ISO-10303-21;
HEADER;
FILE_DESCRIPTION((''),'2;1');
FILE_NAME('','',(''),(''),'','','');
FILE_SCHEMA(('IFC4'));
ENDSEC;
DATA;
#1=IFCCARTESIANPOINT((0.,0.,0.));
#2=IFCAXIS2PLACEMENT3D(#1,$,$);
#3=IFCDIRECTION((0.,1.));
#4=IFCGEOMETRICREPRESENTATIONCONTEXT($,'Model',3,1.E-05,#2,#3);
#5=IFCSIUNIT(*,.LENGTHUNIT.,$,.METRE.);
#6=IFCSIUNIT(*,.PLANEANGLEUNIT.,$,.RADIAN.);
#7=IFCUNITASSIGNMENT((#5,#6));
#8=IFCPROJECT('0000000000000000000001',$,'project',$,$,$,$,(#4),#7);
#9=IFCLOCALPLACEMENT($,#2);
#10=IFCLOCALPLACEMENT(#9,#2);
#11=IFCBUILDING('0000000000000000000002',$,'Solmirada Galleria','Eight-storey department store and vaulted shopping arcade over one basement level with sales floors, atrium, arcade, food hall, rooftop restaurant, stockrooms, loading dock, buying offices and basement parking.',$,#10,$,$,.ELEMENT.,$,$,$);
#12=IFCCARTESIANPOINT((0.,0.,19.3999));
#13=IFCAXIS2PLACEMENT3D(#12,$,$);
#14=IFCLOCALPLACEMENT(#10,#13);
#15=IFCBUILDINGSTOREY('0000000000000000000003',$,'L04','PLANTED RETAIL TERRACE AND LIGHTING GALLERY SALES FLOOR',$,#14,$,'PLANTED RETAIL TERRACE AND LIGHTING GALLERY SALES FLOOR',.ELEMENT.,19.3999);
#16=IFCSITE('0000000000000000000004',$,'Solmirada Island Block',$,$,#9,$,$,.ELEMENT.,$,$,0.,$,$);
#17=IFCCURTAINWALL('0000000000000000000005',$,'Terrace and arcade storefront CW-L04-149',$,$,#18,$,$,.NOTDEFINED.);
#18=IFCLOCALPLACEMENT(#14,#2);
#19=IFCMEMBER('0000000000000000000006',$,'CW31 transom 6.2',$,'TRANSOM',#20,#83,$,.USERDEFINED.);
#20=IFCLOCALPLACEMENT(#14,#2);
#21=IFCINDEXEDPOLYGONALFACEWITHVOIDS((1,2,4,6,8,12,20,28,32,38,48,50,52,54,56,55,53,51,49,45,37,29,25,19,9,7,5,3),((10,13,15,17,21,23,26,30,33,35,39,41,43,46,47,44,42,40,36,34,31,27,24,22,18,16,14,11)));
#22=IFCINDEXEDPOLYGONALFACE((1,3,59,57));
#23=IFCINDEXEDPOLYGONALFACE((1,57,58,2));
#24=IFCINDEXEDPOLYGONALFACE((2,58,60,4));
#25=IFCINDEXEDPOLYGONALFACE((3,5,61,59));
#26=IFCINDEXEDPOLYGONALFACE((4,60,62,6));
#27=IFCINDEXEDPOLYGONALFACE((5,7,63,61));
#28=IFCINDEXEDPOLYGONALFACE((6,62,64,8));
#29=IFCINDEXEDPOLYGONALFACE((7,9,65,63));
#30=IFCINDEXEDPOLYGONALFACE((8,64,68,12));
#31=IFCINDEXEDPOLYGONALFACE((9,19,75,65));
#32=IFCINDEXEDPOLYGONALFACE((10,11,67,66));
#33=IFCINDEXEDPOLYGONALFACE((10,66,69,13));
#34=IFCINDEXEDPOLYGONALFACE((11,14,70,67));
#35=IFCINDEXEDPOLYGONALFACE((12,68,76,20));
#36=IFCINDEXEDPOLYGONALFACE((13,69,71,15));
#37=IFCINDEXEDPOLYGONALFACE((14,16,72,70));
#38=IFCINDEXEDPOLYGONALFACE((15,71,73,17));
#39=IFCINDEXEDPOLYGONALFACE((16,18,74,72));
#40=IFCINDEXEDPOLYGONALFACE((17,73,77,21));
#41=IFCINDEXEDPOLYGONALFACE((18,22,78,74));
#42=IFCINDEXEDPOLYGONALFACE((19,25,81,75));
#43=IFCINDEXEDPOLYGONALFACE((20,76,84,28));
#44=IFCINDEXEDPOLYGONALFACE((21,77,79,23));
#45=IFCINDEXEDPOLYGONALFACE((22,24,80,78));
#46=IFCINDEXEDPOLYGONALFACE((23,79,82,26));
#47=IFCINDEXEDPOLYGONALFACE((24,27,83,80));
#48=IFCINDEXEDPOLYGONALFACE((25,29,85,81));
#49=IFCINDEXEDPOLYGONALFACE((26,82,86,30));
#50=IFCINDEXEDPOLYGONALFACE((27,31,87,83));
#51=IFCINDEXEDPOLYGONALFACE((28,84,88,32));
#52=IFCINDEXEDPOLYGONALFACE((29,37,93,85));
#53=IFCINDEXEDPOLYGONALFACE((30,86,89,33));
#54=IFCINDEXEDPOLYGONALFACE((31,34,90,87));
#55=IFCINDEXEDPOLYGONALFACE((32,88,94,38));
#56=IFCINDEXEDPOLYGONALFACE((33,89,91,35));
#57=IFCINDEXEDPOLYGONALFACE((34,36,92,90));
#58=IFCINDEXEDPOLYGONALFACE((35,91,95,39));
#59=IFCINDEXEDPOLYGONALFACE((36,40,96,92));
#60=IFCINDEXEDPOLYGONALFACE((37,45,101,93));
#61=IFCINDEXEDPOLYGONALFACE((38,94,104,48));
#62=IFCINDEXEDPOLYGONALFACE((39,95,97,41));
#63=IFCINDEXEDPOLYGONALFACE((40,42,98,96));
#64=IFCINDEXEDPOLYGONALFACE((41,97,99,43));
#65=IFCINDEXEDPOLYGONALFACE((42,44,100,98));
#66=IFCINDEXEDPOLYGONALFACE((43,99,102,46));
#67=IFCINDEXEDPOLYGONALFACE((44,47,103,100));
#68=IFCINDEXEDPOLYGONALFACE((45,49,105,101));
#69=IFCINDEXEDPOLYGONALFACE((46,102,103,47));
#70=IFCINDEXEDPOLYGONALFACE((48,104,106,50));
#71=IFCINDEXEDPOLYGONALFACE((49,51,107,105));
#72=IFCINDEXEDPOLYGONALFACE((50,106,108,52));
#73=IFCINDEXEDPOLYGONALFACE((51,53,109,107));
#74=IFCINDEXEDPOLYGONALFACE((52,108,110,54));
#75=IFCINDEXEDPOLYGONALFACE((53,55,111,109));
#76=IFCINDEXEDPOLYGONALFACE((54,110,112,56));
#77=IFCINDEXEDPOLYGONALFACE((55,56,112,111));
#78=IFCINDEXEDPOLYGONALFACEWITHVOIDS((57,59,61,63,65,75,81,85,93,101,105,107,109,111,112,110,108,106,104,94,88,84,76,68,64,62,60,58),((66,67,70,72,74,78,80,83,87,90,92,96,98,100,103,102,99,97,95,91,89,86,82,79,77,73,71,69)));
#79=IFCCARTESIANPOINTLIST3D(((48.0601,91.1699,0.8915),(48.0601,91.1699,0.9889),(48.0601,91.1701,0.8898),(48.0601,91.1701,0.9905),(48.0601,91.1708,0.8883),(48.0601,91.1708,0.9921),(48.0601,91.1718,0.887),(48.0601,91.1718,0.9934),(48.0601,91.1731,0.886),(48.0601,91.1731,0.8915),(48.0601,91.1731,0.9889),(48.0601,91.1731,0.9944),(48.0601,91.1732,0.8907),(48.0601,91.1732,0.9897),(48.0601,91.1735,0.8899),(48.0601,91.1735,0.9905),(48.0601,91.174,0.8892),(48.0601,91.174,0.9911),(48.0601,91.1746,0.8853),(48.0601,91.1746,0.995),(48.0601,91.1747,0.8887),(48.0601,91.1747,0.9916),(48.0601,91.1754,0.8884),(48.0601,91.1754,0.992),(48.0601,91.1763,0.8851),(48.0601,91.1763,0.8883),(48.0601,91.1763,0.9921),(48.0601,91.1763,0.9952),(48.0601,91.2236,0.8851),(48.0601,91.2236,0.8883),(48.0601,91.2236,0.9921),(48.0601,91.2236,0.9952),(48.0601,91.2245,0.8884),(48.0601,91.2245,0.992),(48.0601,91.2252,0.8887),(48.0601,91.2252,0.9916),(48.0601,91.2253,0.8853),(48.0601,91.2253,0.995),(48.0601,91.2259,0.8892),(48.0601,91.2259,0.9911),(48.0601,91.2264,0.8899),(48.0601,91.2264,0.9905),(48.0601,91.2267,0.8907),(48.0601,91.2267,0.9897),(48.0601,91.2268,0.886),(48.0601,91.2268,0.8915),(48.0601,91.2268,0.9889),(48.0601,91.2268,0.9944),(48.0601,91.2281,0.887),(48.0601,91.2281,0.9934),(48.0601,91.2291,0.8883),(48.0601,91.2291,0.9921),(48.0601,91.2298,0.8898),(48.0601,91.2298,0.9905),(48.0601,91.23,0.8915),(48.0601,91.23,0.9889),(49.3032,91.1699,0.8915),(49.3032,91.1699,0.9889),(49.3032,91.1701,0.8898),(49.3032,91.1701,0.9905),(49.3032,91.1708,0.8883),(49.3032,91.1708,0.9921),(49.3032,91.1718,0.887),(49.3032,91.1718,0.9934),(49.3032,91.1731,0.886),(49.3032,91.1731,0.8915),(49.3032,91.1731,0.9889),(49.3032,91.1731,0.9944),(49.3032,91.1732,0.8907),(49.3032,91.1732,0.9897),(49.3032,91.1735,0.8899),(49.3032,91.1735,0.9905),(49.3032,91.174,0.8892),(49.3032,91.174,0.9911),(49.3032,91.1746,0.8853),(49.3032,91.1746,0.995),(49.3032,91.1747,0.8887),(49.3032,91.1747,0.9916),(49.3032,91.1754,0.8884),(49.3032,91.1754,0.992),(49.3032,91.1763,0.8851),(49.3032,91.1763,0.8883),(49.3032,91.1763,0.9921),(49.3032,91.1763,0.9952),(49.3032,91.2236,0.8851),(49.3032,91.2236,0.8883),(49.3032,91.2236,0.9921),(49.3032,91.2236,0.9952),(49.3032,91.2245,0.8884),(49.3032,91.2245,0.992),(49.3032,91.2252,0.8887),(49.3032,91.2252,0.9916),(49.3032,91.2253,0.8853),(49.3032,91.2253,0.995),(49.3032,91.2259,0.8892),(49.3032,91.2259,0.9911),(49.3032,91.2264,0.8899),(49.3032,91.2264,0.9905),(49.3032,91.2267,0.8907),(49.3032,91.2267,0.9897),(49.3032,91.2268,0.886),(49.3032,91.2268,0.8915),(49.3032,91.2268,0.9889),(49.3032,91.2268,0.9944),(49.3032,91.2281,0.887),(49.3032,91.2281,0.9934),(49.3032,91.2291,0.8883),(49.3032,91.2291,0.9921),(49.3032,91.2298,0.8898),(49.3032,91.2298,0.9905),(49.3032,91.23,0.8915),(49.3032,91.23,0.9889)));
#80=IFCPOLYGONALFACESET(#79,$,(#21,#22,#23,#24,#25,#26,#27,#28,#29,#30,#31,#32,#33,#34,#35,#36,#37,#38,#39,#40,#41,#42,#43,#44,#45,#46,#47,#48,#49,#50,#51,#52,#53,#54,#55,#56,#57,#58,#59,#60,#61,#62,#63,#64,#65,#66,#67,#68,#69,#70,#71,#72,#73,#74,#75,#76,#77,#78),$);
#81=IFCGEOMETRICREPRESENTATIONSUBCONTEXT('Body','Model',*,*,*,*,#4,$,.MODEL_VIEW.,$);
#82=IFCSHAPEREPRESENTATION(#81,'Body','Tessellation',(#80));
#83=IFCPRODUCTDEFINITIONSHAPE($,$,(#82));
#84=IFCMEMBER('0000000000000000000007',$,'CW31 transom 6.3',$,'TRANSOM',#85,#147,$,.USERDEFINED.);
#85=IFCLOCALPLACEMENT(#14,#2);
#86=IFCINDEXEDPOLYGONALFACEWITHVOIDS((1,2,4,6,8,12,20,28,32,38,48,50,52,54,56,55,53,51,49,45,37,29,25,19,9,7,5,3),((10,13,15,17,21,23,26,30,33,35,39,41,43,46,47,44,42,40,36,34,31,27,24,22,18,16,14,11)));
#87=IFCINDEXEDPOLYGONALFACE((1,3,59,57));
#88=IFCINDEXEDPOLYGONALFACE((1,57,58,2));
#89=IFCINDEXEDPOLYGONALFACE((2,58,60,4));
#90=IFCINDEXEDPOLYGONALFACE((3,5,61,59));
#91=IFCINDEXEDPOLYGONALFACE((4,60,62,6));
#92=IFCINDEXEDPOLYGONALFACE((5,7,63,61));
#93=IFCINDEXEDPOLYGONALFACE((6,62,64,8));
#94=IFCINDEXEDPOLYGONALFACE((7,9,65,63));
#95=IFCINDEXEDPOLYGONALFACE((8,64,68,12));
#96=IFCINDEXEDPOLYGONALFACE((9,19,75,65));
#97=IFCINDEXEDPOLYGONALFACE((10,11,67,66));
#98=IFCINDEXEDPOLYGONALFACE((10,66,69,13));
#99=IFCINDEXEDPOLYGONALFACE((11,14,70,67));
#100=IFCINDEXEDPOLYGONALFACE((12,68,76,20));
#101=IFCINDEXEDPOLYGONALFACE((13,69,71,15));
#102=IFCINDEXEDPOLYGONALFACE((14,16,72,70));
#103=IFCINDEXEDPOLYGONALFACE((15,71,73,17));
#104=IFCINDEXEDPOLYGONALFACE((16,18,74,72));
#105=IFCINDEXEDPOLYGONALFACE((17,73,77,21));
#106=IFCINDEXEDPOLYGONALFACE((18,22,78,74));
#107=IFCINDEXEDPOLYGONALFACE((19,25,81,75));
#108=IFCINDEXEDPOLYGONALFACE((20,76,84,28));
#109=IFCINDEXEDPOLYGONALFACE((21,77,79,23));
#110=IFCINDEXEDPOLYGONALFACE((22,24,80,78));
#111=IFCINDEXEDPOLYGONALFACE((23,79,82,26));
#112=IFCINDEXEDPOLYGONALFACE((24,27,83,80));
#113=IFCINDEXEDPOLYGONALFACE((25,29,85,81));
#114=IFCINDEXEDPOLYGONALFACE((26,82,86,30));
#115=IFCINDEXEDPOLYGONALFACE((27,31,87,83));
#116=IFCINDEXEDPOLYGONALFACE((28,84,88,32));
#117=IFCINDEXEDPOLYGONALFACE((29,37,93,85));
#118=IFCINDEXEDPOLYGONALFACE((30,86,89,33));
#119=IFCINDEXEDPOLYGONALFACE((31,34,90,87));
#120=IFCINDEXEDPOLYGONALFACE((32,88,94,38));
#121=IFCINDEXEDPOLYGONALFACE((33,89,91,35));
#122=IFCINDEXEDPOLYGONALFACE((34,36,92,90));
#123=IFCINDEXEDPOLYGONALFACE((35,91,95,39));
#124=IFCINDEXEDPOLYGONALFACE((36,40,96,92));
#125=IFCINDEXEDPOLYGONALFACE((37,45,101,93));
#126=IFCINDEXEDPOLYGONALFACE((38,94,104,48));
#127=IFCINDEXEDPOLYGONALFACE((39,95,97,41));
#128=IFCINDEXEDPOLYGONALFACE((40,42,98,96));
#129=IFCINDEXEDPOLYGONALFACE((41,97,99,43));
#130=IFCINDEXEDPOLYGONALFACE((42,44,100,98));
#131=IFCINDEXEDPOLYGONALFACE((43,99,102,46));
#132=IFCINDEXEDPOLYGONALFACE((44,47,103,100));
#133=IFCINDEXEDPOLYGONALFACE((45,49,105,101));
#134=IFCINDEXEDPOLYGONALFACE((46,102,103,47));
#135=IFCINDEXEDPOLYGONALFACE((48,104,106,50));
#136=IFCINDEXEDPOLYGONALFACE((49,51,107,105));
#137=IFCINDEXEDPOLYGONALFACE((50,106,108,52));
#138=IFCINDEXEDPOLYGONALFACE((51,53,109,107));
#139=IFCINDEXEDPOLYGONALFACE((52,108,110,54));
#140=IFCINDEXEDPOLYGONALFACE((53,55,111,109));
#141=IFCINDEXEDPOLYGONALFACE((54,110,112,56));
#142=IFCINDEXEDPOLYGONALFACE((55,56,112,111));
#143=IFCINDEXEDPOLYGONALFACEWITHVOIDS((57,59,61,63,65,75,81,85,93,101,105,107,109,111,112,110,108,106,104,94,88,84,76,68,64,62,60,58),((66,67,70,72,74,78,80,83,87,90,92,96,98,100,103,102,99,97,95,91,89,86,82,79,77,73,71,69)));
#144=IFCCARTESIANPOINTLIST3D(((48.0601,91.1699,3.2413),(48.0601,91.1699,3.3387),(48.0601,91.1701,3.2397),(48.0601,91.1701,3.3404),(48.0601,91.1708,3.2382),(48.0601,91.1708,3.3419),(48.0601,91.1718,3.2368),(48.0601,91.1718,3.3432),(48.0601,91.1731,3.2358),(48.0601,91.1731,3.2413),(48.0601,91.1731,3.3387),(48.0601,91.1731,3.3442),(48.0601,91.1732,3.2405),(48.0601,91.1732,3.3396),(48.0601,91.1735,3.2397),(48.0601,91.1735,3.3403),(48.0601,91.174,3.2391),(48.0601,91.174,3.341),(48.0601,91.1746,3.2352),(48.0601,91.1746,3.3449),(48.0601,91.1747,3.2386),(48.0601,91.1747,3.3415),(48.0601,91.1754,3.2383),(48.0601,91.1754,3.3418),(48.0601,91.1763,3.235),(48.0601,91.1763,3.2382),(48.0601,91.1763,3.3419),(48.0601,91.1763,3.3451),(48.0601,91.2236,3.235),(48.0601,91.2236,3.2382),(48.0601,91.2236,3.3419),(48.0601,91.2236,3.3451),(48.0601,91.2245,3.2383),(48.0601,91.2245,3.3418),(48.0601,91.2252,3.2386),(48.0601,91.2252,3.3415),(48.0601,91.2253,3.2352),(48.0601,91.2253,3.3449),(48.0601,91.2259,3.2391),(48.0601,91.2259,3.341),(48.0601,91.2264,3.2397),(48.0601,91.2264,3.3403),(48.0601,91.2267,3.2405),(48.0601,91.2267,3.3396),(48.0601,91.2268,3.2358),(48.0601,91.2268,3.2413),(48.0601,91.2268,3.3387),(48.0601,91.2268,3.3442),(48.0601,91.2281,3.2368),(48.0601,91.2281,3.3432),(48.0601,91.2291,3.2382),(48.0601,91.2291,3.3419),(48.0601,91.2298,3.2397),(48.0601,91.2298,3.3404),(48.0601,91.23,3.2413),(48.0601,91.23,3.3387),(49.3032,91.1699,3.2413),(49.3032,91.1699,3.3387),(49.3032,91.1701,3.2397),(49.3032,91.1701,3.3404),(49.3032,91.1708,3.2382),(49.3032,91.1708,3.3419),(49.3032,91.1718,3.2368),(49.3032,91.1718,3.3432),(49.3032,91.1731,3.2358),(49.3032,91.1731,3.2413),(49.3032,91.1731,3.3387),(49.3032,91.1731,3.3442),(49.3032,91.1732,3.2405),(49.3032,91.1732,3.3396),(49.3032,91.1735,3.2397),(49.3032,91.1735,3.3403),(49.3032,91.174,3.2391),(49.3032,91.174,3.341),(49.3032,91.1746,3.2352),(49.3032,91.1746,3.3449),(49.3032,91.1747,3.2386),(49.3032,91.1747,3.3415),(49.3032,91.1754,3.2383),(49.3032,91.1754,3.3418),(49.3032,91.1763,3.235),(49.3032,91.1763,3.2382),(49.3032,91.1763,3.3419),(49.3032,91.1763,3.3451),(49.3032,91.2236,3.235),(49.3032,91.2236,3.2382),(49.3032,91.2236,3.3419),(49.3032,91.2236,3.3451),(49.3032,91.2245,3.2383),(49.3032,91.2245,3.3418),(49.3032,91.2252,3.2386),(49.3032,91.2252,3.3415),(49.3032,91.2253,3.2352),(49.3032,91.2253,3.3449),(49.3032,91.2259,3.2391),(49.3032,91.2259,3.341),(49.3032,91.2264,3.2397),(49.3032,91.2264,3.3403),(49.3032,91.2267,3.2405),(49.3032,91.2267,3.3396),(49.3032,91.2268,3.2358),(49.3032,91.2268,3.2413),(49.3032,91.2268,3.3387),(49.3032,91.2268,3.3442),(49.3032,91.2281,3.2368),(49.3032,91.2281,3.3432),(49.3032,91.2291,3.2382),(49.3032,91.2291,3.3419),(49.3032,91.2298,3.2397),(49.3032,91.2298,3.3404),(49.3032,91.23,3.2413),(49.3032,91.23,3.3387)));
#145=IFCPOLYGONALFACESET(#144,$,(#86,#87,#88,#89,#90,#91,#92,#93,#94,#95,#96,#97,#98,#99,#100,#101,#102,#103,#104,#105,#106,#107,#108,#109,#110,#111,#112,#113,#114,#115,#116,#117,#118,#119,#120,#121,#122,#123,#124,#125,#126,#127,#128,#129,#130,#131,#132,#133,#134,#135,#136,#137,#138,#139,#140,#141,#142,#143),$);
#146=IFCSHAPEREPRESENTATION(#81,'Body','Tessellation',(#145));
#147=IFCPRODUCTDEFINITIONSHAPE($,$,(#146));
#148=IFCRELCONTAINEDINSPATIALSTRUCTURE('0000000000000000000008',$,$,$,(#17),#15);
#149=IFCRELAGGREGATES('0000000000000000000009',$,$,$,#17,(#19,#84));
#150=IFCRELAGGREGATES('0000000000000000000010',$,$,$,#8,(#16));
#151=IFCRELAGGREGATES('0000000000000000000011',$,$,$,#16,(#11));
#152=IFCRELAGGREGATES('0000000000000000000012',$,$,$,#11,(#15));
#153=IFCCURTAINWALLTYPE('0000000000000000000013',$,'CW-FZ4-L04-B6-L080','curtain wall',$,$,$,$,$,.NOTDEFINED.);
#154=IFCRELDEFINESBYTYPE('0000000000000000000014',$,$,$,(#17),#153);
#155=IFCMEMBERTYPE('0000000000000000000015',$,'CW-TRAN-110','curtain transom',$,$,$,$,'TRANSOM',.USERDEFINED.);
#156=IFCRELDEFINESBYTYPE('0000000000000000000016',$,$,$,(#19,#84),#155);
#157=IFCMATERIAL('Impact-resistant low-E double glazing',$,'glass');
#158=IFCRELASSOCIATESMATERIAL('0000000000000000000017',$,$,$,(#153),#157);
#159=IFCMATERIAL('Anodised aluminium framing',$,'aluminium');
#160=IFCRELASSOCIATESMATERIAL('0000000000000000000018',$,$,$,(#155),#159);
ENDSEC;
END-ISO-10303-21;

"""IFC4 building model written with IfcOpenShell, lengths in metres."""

from ifc_helpers import new_model, si_unit, direction, frame, origin, origin_2d, place, context, subcontext, project, spatial, hollow_rectangle, extrude, material, material_profile, profile_set, type_object, element, aggregate, save


model = new_model("IFC4")

# Units and contexts
model_context = context("Model", 3, precision=1e-05, world=origin(), true_north=direction((0.0, 1.0)))
body_context = subcontext(model_context, "Body", "Model", "MODEL_VIEW")
ifc_project = project(units=[si_unit("LENGTHUNIT", "METRE"), si_unit("PLANEANGLEUNIT", "RADIAN")], contexts=[model_context])

# Site, building, storey
site_placement = place(None, origin())
site = spatial("IfcSite", under=ifc_project, at=site_placement, Name="Solmirada Island Block", CompositionType="ELEMENT", RefElevation=0.0)
building_placement = place(site_placement, origin())
building = spatial("IfcBuilding", under=site, at=building_placement, Name="Solmirada Galleria", Description="Eight-storey department store and vaulted shopping arcade over one basement level with sales floors, atrium, arcade, food hall, rooftop restaurant, stockrooms, loading dock, buying offices and basement parking.", CompositionType="ELEMENT")
storey_placement = place(building_placement, frame((0.0, 0.0, 19.3999)))
storey = spatial("IfcBuildingStorey", under=building, at=storey_placement, Name="L04", Description="PLANTED RETAIL TERRACE AND LIGHTING GALLERY SALES FLOOR", LongName="PLANTED RETAIL TERRACE AND LIGHTING GALLERY SALES FLOOR", CompositionType="ELEMENT", Elevation=19.3999)

# Curtain wall
ifc_material_1 = material(Name="Impact-resistant low-E double glazing", Category="glass")
curtain_wall_type = type_object("IfcCurtainWallType", Name="CW-FZ4-L04-B6-L080", Description="curtain wall", PredefinedType="NOTDEFINED", material=ifc_material_1)
curtain_wall_1_placement = place(storey_placement, origin())
curtain_wall_1 = element("IfcCurtainWall", 1, at=curtain_wall_1_placement, inside=storey, type_object=curtain_wall_type, Name="Terrace and arcade storefront CW-L04-149", PredefinedType="NOTDEFINED")
ifc_material_2 = material(Name="Anodised aluminium framing", Category="aluminium")

# Members
ifc_material_profile_1 = material_profile(ifc_material_2, hollow_rectangle(XDim=0.0601, YDim=0.1101, WallThickness=0.0032, InnerFilletRadius=0.0032, OuterFilletRadius=0.0063, at=origin_2d()), Name="ALU-TRAN-110X60")
ifc_profile_set_1 = profile_set([ifc_material_profile_1], Name="Anodised aluminium framing")
member_type_1 = type_object("IfcMemberType", Name="CW-TRAN-110", Description="curtain transom", ElementType="TRANSOM", PredefinedType="USERDEFINED", material=ifc_profile_set_1)
member_1_placement = place(storey_placement, frame((49.3032, 91.2, 0.9402), z_axis=(-1.0, 0.0, 0.0), x_axis=(0.0, -1.0, 0.0)))
member_1 = element("IfcMember", 2, at=member_1_placement, type_object=member_type_1, Name="CW31 transom 6.2", ObjectType="TRANSOM", PredefinedType="USERDEFINED", context=body_context, shape_type="SweptSolid", body=[
    extrude(hollow_rectangle(XDim=0.0601, YDim=0.1101, WallThickness=0.0032, InnerFilletRadius=0.0032, OuterFilletRadius=0.0063, at=origin_2d()), origin(), (0.0, 0.0, 1.0), 1.2432),
])
member_2_placement = place(storey_placement, frame((49.3032, 91.2, 3.29), z_axis=(-1.0, 0.0, 0.0), x_axis=(0.0, -1.0, 0.0)))
member_2 = element("IfcMember", 3, at=member_2_placement, type_object=member_type_1, Name="CW31 transom 6.3", ObjectType="TRANSOM", PredefinedType="USERDEFINED", context=body_context, shape_type="SweptSolid", body=[
    extrude(hollow_rectangle(XDim=0.0601, YDim=0.1101, WallThickness=0.0032, InnerFilletRadius=0.0032, OuterFilletRadius=0.0063, at=origin_2d()), origin(), (0.0, 0.0, 1.0), 1.2432),
])

aggregate(curtain_wall_1, [member_1, member_2])

save(model, "model.ifc")
